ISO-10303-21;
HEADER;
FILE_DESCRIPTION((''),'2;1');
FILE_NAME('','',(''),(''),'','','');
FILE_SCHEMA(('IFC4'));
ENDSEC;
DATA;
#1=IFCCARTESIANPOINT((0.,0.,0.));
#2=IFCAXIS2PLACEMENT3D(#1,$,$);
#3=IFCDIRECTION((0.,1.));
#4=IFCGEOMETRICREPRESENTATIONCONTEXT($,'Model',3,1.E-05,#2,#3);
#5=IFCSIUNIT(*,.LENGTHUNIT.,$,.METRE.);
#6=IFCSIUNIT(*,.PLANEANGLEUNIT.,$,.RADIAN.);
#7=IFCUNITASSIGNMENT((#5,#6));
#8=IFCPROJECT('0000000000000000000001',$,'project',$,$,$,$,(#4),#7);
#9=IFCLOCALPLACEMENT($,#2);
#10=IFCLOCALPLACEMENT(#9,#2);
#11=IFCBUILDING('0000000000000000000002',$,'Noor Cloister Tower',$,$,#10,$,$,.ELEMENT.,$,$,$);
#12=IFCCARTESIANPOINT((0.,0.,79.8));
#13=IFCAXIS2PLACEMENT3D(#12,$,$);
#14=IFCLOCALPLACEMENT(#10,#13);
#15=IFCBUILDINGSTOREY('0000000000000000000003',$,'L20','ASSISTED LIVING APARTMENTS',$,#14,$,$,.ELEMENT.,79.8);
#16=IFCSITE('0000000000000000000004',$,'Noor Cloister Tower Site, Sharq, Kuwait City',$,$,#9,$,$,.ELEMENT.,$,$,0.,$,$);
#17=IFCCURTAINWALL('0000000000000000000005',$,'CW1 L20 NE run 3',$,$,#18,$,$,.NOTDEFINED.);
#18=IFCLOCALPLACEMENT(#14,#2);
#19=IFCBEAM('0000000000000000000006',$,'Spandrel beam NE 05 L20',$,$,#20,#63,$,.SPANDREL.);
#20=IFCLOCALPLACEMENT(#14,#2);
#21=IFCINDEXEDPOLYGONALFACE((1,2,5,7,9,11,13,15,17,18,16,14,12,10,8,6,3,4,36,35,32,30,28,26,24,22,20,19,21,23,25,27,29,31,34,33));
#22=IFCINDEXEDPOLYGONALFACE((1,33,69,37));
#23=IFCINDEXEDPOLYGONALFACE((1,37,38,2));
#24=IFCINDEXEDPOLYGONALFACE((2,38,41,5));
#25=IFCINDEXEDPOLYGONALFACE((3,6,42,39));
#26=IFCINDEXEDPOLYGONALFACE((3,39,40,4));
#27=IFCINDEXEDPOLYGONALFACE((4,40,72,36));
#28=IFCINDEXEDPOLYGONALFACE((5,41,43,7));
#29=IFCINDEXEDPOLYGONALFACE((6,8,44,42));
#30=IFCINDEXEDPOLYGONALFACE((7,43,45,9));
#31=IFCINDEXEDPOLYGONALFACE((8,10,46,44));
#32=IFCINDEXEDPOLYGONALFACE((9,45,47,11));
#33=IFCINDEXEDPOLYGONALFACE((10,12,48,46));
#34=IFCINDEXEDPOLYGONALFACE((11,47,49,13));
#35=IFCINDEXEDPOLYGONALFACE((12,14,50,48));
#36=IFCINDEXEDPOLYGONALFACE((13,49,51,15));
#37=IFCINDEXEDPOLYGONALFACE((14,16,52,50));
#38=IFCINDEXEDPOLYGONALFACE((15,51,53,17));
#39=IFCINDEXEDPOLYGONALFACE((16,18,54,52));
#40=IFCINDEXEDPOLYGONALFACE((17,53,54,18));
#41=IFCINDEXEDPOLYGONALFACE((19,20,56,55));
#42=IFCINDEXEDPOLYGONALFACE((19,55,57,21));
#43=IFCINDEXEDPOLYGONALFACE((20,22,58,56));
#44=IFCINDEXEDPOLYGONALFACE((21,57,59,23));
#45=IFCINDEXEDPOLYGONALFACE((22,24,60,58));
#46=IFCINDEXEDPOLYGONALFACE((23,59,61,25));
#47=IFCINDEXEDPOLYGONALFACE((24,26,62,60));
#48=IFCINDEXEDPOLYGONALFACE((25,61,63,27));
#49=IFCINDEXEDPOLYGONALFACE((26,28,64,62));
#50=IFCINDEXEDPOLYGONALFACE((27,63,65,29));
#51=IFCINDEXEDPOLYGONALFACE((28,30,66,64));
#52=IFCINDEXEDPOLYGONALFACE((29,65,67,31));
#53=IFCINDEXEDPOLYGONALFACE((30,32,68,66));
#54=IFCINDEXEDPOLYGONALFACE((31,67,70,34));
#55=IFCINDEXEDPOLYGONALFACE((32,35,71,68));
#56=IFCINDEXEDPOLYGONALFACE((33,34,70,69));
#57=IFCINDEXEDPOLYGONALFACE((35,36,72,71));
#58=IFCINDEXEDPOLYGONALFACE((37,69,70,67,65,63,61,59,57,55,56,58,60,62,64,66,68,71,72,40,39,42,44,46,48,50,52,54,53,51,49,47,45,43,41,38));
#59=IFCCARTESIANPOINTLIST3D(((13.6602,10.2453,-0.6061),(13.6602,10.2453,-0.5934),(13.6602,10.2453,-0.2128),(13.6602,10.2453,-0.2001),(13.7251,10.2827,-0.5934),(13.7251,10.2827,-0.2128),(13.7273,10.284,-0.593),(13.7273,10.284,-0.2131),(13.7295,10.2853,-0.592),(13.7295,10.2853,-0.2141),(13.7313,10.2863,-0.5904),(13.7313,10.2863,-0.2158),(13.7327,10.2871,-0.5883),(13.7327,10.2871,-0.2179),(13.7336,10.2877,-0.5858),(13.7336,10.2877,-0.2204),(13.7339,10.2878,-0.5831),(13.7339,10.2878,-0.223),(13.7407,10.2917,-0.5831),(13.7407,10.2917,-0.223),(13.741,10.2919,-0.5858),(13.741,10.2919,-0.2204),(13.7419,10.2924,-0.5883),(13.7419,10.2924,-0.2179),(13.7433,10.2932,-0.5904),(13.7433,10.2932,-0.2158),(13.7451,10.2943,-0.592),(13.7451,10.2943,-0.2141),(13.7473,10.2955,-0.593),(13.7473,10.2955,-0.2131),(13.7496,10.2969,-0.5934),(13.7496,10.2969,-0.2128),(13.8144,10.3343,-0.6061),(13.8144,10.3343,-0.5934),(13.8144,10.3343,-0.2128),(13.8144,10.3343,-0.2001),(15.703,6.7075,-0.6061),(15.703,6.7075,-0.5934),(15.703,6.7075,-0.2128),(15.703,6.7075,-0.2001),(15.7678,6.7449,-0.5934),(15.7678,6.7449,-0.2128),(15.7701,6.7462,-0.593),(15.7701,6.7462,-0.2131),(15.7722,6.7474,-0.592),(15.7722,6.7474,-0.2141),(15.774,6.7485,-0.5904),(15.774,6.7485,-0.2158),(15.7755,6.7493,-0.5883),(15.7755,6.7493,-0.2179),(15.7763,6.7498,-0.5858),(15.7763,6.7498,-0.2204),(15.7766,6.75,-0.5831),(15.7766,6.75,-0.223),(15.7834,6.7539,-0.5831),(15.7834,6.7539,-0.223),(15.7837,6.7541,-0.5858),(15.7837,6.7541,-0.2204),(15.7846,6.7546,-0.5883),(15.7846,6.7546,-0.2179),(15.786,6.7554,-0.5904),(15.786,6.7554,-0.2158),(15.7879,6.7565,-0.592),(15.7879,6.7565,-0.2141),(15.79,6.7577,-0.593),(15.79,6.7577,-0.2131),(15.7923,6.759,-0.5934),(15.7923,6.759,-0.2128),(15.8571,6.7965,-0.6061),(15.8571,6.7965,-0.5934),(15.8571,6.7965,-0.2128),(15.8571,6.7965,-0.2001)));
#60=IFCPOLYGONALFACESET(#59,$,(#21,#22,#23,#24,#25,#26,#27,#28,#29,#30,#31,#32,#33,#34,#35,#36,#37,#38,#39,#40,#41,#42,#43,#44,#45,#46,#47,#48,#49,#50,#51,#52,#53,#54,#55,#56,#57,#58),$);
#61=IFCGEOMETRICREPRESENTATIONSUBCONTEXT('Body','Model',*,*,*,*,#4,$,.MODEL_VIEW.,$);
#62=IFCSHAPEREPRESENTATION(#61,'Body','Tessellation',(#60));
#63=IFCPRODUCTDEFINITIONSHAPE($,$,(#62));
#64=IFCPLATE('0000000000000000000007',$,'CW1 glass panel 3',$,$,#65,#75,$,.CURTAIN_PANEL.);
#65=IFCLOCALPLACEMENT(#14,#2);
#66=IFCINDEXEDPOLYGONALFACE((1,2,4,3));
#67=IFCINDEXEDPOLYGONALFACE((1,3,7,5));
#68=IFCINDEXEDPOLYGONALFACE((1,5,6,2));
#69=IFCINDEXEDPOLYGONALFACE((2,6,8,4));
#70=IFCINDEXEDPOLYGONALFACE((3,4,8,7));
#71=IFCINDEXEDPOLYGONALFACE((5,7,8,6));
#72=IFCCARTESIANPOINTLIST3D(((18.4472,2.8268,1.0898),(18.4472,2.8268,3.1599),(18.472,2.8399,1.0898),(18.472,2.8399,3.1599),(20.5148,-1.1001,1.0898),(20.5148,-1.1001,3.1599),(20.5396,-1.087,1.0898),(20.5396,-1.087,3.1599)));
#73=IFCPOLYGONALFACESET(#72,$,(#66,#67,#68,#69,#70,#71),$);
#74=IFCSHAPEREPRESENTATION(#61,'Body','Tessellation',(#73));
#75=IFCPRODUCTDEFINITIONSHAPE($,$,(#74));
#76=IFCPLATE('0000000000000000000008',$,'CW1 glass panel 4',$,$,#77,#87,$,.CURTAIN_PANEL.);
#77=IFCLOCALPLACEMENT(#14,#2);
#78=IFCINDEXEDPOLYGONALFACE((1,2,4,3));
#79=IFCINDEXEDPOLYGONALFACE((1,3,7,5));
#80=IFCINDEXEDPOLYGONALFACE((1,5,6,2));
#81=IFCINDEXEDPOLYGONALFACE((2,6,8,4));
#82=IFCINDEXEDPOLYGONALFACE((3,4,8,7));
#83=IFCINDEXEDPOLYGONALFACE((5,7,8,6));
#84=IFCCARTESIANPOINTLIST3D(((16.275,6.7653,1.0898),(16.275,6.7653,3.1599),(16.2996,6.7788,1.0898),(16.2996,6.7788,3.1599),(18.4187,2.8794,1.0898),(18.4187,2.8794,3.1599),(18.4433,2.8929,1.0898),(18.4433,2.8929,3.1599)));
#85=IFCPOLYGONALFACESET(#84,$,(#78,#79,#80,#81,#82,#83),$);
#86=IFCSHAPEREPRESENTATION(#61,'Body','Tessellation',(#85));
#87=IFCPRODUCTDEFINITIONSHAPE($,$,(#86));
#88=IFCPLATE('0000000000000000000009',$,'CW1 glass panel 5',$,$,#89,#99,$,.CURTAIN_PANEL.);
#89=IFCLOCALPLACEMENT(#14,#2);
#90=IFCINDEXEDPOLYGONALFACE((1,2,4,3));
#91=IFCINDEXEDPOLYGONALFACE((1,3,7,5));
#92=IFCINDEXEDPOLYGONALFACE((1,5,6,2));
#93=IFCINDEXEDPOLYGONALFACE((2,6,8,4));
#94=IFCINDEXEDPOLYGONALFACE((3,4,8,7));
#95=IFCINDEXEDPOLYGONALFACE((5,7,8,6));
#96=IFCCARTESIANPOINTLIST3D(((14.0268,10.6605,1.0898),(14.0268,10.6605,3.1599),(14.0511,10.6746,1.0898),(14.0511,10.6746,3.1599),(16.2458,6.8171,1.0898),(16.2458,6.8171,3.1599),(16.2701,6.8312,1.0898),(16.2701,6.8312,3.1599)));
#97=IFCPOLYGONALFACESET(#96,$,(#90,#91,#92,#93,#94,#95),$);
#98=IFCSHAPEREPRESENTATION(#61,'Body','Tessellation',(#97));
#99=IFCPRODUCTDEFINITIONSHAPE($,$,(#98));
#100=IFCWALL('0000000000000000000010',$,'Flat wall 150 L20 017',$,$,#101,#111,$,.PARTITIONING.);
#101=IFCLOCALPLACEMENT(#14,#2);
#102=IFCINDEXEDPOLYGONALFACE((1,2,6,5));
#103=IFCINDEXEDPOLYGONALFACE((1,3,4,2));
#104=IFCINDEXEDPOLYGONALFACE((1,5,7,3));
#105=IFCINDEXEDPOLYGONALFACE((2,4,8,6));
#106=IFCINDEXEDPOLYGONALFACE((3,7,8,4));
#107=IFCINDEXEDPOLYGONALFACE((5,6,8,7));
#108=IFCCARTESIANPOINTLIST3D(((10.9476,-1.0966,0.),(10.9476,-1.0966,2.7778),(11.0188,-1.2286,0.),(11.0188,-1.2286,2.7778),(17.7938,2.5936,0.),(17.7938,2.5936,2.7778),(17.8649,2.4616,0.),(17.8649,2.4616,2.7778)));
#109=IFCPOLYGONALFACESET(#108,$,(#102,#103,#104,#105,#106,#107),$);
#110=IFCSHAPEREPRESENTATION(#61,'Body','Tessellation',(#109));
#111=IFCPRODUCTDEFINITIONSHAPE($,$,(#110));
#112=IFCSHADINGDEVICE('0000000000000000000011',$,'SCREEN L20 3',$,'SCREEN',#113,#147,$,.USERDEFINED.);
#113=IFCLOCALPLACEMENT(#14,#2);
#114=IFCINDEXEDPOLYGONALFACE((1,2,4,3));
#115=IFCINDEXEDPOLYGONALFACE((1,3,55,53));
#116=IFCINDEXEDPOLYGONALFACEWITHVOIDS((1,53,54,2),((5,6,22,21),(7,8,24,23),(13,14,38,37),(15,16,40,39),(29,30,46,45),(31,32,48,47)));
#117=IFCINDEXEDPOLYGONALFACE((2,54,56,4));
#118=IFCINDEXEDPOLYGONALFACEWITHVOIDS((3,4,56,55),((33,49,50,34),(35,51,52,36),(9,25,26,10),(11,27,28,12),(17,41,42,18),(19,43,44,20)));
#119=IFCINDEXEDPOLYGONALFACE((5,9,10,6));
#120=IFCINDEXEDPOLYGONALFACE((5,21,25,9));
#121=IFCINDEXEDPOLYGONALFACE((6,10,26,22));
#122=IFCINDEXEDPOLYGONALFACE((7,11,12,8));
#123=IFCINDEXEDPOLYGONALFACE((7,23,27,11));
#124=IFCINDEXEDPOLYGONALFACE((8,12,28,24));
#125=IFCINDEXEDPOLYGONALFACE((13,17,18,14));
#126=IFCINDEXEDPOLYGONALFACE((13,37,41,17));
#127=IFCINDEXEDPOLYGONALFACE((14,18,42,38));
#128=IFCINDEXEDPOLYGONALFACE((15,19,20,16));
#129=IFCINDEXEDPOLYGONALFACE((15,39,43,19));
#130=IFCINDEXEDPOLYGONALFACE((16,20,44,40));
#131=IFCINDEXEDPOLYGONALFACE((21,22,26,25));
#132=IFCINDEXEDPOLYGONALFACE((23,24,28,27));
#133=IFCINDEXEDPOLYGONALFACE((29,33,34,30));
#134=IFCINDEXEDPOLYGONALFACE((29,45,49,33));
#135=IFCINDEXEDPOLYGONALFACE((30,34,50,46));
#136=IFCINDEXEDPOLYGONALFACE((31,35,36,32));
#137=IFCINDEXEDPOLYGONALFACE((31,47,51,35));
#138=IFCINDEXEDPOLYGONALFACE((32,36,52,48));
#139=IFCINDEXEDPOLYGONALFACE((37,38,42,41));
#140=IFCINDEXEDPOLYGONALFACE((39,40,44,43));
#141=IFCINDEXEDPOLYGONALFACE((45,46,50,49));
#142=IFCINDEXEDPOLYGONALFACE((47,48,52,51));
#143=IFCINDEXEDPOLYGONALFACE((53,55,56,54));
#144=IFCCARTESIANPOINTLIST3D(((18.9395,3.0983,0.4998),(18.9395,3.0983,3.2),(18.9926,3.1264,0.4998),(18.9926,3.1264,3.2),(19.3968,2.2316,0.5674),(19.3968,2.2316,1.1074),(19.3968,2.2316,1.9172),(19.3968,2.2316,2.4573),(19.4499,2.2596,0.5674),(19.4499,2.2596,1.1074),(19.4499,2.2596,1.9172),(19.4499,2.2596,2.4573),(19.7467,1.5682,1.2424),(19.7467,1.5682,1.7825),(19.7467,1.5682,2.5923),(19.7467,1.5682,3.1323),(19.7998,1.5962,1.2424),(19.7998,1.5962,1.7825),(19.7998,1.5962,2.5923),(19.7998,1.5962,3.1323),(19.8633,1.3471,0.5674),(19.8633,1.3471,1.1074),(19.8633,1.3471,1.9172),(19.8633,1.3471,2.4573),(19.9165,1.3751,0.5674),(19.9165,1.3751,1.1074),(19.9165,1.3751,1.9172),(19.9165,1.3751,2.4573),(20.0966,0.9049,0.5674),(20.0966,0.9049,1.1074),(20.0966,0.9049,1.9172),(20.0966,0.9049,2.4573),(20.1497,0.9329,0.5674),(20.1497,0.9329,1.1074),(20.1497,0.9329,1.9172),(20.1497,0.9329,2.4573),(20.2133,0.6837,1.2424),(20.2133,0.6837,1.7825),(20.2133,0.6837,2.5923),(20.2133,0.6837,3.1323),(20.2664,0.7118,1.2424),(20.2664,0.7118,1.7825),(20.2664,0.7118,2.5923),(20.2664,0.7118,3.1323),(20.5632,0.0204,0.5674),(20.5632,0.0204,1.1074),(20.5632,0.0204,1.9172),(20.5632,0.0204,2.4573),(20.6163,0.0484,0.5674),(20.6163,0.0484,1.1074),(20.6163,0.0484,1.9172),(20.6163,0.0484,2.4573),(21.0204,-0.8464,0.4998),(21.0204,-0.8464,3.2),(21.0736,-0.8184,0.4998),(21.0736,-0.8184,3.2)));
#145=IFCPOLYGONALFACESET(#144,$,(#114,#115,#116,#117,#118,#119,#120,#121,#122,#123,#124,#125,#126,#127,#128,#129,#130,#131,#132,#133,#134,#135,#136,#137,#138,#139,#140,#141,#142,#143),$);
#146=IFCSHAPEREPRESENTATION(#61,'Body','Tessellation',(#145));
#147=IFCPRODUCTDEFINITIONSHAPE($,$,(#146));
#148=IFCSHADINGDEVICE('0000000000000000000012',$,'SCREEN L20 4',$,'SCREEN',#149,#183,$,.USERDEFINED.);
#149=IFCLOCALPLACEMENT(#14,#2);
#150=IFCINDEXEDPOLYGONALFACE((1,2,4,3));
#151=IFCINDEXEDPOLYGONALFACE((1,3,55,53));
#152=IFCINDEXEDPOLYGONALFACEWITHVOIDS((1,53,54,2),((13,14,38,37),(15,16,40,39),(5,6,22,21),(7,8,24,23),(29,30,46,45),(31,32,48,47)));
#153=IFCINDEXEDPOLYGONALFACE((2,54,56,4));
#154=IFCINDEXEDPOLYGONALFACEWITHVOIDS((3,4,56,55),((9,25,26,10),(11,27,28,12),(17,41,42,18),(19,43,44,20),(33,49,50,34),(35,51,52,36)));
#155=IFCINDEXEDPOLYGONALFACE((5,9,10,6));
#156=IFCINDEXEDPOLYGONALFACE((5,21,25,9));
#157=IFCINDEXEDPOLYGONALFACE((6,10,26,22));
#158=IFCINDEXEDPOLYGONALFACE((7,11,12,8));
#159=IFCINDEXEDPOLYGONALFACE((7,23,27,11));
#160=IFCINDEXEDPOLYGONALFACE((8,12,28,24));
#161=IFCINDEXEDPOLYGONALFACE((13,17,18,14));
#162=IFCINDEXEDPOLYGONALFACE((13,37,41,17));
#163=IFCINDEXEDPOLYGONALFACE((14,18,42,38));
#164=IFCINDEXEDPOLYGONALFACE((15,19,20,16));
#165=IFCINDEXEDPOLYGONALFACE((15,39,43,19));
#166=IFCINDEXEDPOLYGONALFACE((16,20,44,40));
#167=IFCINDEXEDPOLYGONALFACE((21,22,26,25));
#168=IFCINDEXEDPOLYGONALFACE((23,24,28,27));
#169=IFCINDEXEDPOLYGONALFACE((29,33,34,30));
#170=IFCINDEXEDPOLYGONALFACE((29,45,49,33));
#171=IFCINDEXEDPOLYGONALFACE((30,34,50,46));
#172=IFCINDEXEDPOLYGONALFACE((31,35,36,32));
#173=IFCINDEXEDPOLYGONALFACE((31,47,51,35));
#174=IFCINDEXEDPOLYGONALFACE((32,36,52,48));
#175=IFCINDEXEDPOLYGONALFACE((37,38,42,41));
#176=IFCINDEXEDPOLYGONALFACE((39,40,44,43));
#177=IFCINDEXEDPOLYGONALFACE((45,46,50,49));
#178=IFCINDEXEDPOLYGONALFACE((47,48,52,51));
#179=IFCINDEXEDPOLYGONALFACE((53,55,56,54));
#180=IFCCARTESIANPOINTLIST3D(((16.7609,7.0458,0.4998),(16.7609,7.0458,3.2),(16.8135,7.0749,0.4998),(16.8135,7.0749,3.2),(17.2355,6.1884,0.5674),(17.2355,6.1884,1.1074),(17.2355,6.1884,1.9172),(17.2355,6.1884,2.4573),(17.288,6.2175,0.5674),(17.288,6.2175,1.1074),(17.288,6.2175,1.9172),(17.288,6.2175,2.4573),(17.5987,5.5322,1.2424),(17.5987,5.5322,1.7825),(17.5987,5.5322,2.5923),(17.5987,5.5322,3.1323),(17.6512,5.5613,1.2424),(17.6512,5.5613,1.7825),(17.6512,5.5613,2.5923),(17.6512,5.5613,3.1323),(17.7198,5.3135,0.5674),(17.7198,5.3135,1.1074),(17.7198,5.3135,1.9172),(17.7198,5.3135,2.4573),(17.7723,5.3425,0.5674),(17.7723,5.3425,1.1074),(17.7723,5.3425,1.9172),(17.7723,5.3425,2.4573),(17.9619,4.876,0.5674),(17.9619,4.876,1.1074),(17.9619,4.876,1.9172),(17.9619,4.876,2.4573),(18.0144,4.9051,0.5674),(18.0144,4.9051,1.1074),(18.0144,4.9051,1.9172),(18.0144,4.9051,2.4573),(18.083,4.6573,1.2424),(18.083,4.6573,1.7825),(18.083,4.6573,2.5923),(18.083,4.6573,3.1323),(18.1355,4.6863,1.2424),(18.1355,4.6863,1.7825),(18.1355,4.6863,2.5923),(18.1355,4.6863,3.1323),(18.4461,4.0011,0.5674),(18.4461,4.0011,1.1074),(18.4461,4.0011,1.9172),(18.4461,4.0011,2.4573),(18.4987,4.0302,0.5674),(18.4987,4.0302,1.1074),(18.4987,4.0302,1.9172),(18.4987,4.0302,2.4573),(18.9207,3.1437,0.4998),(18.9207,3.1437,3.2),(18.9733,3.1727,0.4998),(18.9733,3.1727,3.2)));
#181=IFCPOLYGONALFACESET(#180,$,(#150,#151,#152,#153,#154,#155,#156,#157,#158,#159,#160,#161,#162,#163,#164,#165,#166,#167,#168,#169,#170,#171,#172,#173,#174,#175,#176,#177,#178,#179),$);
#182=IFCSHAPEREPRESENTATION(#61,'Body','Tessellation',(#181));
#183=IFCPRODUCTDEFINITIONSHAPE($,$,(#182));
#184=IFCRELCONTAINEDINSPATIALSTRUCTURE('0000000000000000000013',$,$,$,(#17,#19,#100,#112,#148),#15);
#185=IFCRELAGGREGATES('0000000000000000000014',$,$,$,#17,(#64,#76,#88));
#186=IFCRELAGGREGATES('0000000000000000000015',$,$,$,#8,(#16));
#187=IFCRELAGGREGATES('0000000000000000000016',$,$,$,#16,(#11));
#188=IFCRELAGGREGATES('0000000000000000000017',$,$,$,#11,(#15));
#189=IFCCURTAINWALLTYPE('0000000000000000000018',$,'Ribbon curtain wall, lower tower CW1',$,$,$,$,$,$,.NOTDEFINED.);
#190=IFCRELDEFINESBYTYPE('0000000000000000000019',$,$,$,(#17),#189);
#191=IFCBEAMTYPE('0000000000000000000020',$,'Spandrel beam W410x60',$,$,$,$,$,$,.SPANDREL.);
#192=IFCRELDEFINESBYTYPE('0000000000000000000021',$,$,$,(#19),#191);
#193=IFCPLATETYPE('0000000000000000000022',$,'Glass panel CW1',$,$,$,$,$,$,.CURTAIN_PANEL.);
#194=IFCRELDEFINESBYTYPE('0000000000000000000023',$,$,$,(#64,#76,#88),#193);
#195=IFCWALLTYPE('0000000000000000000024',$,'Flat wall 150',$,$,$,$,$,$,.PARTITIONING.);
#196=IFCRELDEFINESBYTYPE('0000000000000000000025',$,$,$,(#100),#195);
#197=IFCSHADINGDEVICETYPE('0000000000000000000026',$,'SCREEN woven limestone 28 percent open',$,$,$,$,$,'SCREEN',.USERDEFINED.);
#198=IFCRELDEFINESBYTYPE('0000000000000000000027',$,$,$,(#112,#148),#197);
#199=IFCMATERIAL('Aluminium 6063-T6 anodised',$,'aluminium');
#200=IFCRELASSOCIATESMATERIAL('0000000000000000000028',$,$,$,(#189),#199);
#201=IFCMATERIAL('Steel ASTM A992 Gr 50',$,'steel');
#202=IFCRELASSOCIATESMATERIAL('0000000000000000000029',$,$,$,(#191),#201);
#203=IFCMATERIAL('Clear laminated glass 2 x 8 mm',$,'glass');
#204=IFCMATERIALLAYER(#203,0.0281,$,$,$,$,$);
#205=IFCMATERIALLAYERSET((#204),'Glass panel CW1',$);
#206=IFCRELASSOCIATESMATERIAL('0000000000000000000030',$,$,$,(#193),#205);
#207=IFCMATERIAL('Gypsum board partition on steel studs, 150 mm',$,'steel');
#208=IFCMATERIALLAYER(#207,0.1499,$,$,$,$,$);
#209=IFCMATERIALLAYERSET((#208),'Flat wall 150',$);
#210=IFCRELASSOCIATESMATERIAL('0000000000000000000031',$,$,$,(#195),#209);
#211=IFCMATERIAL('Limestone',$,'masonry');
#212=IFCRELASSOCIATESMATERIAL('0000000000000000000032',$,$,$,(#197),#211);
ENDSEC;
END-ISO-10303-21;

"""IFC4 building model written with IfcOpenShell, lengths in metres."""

from ifc_helpers import new_model, si_unit, direction, frame, frame_2d, origin, origin_2d, place, context, subcontext, project, spatial, polyline, rectangle, i_section, outline, extrude, material, layer, layer_set, material_profile, profile_set, type_object, element, aggregate, save


model = new_model("IFC4")

# Units and contexts
model_context = context("Model", 3, precision=1e-05, world=origin(), true_north=direction((0.0, 1.0)))
body_context = subcontext(model_context, "Body", "Model", "MODEL_VIEW")
ifc_project = project(units=[si_unit("LENGTHUNIT", "METRE"), si_unit("PLANEANGLEUNIT", "RADIAN")], contexts=[model_context])

# Site, building, storey
site_placement = place(None, origin())
site = spatial("IfcSite", under=ifc_project, at=site_placement, Name="Noor Cloister Tower Site, Sharq, Kuwait City", CompositionType="ELEMENT", RefElevation=0.0)
building_placement = place(site_placement, origin())
building = spatial("IfcBuilding", under=site, at=building_placement, Name="Noor Cloister Tower", CompositionType="ELEMENT")
storey_placement = place(building_placement, frame((0.0, 0.0, 79.8)))
storey = spatial("IfcBuildingStorey", under=building, at=storey_placement, Name="L20", Description="ASSISTED LIVING APARTMENTS", CompositionType="ELEMENT", Elevation=79.8)

# Curtain wall
ifc_material_1 = material(Name="Aluminium 6063-T6 anodised", Category="aluminium")
curtain_wall_type = type_object("IfcCurtainWallType", Name="Ribbon curtain wall, lower tower CW1", PredefinedType="NOTDEFINED", material=ifc_material_1)
curtain_wall_placement = place(storey_placement, origin())
curtain_wall = element("IfcCurtainWall", 1, at=curtain_wall_placement, inside=storey, type_object=curtain_wall_type, Name="CW1 L20 NE run 3", PredefinedType="NOTDEFINED")

# Beam
ifc_material_2 = material(Name="Steel ASTM A992 Gr 50", Category="steel")
ifc_material_profile_1 = material_profile(ifc_material_2, i_section(OverallWidth=0.178, OverallDepth=0.406, WebThickness=0.0078, FlangeThickness=0.0127, FilletRadius=0.0103, at=origin_2d()), Name="W410x60")
ifc_profile_set_1 = profile_set([ifc_material_profile_1], Name="Steel ASTM A992 Gr 50")
beam_type_1 = type_object("IfcBeamType", Name="Spandrel beam W410x60", PredefinedType="SPANDREL", material=ifc_profile_set_1)
for number, where, z_axis, x_axis, name in (
    (2, (15.78, 6.752, -0.4031), (-0.500028, 0.866009, 0.0), (-0.866009, -0.500028, 0.0), "Spandrel beam NE 05 L20"),
):
    element("IfcBeam", number, at=place(storey_placement, frame(where, z_axis=z_axis, x_axis=x_axis)), inside=storey, type_object=beam_type_1, Name=name, PredefinedType="SPANDREL", context=body_context, shape_type="SweptSolid", body=[
        extrude(i_section(OverallWidth=0.178, OverallDepth=0.406, WebThickness=0.0078, FlangeThickness=0.0127, FilletRadius=0.0103, at=origin_2d()), origin(), (0.0, 0.0, 1.0), 4.0852),
    ])

# Plates
ifc_material_3 = material(Name="Clear laminated glass 2 x 8 mm", Category="glass")
ifc_layer_1 = layer(ifc_material_3, 0.0281)
ifc_layer_set_1 = layer_set([ifc_layer_1], Name="Glass panel CW1")
plate_type = type_object("IfcPlateType", Name="Glass panel CW1", PredefinedType="CURTAIN_PANEL", material=ifc_layer_set_1)
plate_1_placement = place(storey_placement, frame((19.4934, 0.8699, 1.0898), z_axis=(0.0, 0.0, 1.0), x_axis=(-0.465889, 0.884843, 0.0)))
plate_1 = element("IfcPlate", 3, at=plate_1_placement, type_object=plate_type, Name="CW1 glass panel 3", PredefinedType="CURTAIN_PANEL", context=body_context, shape_type="SweptSolid", body=[
    extrude(rectangle(XDim=4.438, YDim=0.0281, at=origin_2d()), origin(), (0.0, 0.0, 1.0), 2.0701),
])
plate_2_placement = place(storey_placement, frame((17.3591, 4.8291, 1.0898), z_axis=(0.0, 0.0, 1.0), x_axis=(-0.483036, 0.8756, 0.0)))
plate_2 = element("IfcPlate", 4, at=plate_2_placement, type_object=plate_type, Name="CW1 glass panel 4", PredefinedType="CURTAIN_PANEL", context=body_context, shape_type="SweptSolid", body=[
    extrude(rectangle(XDim=4.438, YDim=0.0281, at=origin_2d()), origin(), (0.0, 0.0, 1.0), 2.0701),
])
plate_3_placement = place(storey_placement, frame((15.1484, 8.7458, 1.0898), z_axis=(0.0, 0.0, 1.0), x_axis=(-0.5, 0.866025, 0.0)))
plate_3 = element("IfcPlate", 5, at=plate_3_placement, type_object=plate_type, Name="CW1 glass panel 5", PredefinedType="CURTAIN_PANEL", context=body_context, shape_type="SweptSolid", body=[
    extrude(rectangle(XDim=4.438, YDim=0.0281, at=origin_2d()), origin(), (0.0, 0.0, 1.0), 2.0701),
])
aggregate(curtain_wall, [plate_1, plate_2, plate_3])

# Wall
ifc_material_4 = material(Name="Gypsum board partition on steel studs, 150 mm", Category="steel")
ifc_layer_2 = layer(ifc_material_4, 0.1499)
ifc_layer_set_2 = layer_set([ifc_layer_2], Name="Flat wall 150")
wall_type = type_object("IfcWallType", Name="Flat wall 150", PredefinedType="PARTITIONING", material=ifc_layer_set_2)
wall_placement = place(storey_placement, frame((17.8293, 2.5276, 0.0), z_axis=(0.0, 0.0, 1.0), x_axis=(-0.880268, -0.474476, 0.0)))
element("IfcWall", 6, at=wall_placement, inside=storey, type_object=wall_type, Name="Flat wall 150 L20 017", PredefinedType="PARTITIONING", context=body_context, shape_type="SweptSolid", body=[
    extrude(rectangle(XDim=7.7773, YDim=0.1499, at=frame_2d((3.8887, 0.0))), origin(), (0.0, 0.0, 1.0), 2.7778),
])

# Shading devices
ifc_material_5 = material(Name="Limestone", Category="masonry")
ifc_material_profile_2 = material_profile(ifc_material_5, outline(polyline([(-2.23, -1.3501), (2.23, -1.3501), (2.23, 1.3501), (-2.23, 1.3501), (-2.23, -1.3501)]), holes=[polyline([(-1.25, -1.2825), (-0.25, -1.2825), (-0.25, -0.7424), (-1.25, -0.7424), (-1.25, -1.2825)]), polyline([(0.25, -1.2825), (1.25, -1.2825), (1.25, -0.7424), (0.25, -0.7424), (0.25, -1.2825)]), polyline([(-0.5, -0.6074), (0.5, -0.6074), (0.5, -0.0674), (-0.5, -0.0674), (-0.5, -0.6074)]), polyline([(-1.25, 0.0674), (-0.25, 0.0674), (-0.25, 0.6074), (-1.25, 0.6074), (-1.25, 0.0674)]), polyline([(0.25, 0.0674), (1.25, 0.0674), (1.25, 0.6074), (0.25, 0.6074), (0.25, 0.0674)]), polyline([(-0.5, 0.7424), (0.5, 0.7424), (0.5, 1.2825), (-0.5, 1.2825), (-0.5, 0.7424)])]), Name="Woven screen 28 percent open")
ifc_profile_set_2 = profile_set([ifc_material_profile_2], Name="Limestone")
shading_device_type = type_object("IfcShadingDeviceType", Name="SCREEN woven limestone 28 percent open", ElementType="SCREEN", PredefinedType="USERDEFINED", material=ifc_profile_set_2)
for number, where, z_axis, x_axis, name in (
    (7, (19.98, 1.126, 1.8499), (0.884478, 0.466582, 0.0), (-0.466582, 0.884478, 0.0), "SCREEN L20 3"),
    (8, (17.8408, 5.0947, 1.8499), (0.874924, 0.48426, 0.0), (-0.48426, 0.874924, 0.0), "SCREEN L20 4"),
):
    element("IfcShadingDevice", number, at=place(storey_placement, frame(where, z_axis=z_axis, x_axis=x_axis)), inside=storey, type_object=shading_device_type, Name=name, ObjectType="SCREEN", PredefinedType="USERDEFINED", context=body_context, shape_type="SweptSolid", body=[
        extrude(outline(polyline([(-2.23, -1.3501), (2.23, -1.3501), (2.23, 1.3501), (-2.23, 1.3501), (-2.23, -1.3501)]), holes=[polyline([(-1.25, -1.2825), (-0.25, -1.2825), (-0.25, -0.7424), (-1.25, -0.7424), (-1.25, -1.2825)]), polyline([(0.25, -1.2825), (1.25, -1.2825), (1.25, -0.7424), (0.25, -0.7424), (0.25, -1.2825)]), polyline([(-0.5, -0.6074), (0.5, -0.6074), (0.5, -0.0674), (-0.5, -0.0674), (-0.5, -0.6074)]), polyline([(-1.25, 0.0674), (-0.25, 0.0674), (-0.25, 0.6074), (-1.25, 0.6074), (-1.25, 0.0674)]), polyline([(0.25, 0.0674), (1.25, 0.0674), (1.25, 0.6074), (0.25, 0.6074), (0.25, 0.0674)]), polyline([(-0.5, 0.7424), (0.5, 0.7424), (0.5, 1.2825), (-0.5, 1.2825), (-0.5, 0.7424)])]), origin(), (0.0, 0.0, 1.0), 0.0601),
    ])

save(model, "model.ifc")
